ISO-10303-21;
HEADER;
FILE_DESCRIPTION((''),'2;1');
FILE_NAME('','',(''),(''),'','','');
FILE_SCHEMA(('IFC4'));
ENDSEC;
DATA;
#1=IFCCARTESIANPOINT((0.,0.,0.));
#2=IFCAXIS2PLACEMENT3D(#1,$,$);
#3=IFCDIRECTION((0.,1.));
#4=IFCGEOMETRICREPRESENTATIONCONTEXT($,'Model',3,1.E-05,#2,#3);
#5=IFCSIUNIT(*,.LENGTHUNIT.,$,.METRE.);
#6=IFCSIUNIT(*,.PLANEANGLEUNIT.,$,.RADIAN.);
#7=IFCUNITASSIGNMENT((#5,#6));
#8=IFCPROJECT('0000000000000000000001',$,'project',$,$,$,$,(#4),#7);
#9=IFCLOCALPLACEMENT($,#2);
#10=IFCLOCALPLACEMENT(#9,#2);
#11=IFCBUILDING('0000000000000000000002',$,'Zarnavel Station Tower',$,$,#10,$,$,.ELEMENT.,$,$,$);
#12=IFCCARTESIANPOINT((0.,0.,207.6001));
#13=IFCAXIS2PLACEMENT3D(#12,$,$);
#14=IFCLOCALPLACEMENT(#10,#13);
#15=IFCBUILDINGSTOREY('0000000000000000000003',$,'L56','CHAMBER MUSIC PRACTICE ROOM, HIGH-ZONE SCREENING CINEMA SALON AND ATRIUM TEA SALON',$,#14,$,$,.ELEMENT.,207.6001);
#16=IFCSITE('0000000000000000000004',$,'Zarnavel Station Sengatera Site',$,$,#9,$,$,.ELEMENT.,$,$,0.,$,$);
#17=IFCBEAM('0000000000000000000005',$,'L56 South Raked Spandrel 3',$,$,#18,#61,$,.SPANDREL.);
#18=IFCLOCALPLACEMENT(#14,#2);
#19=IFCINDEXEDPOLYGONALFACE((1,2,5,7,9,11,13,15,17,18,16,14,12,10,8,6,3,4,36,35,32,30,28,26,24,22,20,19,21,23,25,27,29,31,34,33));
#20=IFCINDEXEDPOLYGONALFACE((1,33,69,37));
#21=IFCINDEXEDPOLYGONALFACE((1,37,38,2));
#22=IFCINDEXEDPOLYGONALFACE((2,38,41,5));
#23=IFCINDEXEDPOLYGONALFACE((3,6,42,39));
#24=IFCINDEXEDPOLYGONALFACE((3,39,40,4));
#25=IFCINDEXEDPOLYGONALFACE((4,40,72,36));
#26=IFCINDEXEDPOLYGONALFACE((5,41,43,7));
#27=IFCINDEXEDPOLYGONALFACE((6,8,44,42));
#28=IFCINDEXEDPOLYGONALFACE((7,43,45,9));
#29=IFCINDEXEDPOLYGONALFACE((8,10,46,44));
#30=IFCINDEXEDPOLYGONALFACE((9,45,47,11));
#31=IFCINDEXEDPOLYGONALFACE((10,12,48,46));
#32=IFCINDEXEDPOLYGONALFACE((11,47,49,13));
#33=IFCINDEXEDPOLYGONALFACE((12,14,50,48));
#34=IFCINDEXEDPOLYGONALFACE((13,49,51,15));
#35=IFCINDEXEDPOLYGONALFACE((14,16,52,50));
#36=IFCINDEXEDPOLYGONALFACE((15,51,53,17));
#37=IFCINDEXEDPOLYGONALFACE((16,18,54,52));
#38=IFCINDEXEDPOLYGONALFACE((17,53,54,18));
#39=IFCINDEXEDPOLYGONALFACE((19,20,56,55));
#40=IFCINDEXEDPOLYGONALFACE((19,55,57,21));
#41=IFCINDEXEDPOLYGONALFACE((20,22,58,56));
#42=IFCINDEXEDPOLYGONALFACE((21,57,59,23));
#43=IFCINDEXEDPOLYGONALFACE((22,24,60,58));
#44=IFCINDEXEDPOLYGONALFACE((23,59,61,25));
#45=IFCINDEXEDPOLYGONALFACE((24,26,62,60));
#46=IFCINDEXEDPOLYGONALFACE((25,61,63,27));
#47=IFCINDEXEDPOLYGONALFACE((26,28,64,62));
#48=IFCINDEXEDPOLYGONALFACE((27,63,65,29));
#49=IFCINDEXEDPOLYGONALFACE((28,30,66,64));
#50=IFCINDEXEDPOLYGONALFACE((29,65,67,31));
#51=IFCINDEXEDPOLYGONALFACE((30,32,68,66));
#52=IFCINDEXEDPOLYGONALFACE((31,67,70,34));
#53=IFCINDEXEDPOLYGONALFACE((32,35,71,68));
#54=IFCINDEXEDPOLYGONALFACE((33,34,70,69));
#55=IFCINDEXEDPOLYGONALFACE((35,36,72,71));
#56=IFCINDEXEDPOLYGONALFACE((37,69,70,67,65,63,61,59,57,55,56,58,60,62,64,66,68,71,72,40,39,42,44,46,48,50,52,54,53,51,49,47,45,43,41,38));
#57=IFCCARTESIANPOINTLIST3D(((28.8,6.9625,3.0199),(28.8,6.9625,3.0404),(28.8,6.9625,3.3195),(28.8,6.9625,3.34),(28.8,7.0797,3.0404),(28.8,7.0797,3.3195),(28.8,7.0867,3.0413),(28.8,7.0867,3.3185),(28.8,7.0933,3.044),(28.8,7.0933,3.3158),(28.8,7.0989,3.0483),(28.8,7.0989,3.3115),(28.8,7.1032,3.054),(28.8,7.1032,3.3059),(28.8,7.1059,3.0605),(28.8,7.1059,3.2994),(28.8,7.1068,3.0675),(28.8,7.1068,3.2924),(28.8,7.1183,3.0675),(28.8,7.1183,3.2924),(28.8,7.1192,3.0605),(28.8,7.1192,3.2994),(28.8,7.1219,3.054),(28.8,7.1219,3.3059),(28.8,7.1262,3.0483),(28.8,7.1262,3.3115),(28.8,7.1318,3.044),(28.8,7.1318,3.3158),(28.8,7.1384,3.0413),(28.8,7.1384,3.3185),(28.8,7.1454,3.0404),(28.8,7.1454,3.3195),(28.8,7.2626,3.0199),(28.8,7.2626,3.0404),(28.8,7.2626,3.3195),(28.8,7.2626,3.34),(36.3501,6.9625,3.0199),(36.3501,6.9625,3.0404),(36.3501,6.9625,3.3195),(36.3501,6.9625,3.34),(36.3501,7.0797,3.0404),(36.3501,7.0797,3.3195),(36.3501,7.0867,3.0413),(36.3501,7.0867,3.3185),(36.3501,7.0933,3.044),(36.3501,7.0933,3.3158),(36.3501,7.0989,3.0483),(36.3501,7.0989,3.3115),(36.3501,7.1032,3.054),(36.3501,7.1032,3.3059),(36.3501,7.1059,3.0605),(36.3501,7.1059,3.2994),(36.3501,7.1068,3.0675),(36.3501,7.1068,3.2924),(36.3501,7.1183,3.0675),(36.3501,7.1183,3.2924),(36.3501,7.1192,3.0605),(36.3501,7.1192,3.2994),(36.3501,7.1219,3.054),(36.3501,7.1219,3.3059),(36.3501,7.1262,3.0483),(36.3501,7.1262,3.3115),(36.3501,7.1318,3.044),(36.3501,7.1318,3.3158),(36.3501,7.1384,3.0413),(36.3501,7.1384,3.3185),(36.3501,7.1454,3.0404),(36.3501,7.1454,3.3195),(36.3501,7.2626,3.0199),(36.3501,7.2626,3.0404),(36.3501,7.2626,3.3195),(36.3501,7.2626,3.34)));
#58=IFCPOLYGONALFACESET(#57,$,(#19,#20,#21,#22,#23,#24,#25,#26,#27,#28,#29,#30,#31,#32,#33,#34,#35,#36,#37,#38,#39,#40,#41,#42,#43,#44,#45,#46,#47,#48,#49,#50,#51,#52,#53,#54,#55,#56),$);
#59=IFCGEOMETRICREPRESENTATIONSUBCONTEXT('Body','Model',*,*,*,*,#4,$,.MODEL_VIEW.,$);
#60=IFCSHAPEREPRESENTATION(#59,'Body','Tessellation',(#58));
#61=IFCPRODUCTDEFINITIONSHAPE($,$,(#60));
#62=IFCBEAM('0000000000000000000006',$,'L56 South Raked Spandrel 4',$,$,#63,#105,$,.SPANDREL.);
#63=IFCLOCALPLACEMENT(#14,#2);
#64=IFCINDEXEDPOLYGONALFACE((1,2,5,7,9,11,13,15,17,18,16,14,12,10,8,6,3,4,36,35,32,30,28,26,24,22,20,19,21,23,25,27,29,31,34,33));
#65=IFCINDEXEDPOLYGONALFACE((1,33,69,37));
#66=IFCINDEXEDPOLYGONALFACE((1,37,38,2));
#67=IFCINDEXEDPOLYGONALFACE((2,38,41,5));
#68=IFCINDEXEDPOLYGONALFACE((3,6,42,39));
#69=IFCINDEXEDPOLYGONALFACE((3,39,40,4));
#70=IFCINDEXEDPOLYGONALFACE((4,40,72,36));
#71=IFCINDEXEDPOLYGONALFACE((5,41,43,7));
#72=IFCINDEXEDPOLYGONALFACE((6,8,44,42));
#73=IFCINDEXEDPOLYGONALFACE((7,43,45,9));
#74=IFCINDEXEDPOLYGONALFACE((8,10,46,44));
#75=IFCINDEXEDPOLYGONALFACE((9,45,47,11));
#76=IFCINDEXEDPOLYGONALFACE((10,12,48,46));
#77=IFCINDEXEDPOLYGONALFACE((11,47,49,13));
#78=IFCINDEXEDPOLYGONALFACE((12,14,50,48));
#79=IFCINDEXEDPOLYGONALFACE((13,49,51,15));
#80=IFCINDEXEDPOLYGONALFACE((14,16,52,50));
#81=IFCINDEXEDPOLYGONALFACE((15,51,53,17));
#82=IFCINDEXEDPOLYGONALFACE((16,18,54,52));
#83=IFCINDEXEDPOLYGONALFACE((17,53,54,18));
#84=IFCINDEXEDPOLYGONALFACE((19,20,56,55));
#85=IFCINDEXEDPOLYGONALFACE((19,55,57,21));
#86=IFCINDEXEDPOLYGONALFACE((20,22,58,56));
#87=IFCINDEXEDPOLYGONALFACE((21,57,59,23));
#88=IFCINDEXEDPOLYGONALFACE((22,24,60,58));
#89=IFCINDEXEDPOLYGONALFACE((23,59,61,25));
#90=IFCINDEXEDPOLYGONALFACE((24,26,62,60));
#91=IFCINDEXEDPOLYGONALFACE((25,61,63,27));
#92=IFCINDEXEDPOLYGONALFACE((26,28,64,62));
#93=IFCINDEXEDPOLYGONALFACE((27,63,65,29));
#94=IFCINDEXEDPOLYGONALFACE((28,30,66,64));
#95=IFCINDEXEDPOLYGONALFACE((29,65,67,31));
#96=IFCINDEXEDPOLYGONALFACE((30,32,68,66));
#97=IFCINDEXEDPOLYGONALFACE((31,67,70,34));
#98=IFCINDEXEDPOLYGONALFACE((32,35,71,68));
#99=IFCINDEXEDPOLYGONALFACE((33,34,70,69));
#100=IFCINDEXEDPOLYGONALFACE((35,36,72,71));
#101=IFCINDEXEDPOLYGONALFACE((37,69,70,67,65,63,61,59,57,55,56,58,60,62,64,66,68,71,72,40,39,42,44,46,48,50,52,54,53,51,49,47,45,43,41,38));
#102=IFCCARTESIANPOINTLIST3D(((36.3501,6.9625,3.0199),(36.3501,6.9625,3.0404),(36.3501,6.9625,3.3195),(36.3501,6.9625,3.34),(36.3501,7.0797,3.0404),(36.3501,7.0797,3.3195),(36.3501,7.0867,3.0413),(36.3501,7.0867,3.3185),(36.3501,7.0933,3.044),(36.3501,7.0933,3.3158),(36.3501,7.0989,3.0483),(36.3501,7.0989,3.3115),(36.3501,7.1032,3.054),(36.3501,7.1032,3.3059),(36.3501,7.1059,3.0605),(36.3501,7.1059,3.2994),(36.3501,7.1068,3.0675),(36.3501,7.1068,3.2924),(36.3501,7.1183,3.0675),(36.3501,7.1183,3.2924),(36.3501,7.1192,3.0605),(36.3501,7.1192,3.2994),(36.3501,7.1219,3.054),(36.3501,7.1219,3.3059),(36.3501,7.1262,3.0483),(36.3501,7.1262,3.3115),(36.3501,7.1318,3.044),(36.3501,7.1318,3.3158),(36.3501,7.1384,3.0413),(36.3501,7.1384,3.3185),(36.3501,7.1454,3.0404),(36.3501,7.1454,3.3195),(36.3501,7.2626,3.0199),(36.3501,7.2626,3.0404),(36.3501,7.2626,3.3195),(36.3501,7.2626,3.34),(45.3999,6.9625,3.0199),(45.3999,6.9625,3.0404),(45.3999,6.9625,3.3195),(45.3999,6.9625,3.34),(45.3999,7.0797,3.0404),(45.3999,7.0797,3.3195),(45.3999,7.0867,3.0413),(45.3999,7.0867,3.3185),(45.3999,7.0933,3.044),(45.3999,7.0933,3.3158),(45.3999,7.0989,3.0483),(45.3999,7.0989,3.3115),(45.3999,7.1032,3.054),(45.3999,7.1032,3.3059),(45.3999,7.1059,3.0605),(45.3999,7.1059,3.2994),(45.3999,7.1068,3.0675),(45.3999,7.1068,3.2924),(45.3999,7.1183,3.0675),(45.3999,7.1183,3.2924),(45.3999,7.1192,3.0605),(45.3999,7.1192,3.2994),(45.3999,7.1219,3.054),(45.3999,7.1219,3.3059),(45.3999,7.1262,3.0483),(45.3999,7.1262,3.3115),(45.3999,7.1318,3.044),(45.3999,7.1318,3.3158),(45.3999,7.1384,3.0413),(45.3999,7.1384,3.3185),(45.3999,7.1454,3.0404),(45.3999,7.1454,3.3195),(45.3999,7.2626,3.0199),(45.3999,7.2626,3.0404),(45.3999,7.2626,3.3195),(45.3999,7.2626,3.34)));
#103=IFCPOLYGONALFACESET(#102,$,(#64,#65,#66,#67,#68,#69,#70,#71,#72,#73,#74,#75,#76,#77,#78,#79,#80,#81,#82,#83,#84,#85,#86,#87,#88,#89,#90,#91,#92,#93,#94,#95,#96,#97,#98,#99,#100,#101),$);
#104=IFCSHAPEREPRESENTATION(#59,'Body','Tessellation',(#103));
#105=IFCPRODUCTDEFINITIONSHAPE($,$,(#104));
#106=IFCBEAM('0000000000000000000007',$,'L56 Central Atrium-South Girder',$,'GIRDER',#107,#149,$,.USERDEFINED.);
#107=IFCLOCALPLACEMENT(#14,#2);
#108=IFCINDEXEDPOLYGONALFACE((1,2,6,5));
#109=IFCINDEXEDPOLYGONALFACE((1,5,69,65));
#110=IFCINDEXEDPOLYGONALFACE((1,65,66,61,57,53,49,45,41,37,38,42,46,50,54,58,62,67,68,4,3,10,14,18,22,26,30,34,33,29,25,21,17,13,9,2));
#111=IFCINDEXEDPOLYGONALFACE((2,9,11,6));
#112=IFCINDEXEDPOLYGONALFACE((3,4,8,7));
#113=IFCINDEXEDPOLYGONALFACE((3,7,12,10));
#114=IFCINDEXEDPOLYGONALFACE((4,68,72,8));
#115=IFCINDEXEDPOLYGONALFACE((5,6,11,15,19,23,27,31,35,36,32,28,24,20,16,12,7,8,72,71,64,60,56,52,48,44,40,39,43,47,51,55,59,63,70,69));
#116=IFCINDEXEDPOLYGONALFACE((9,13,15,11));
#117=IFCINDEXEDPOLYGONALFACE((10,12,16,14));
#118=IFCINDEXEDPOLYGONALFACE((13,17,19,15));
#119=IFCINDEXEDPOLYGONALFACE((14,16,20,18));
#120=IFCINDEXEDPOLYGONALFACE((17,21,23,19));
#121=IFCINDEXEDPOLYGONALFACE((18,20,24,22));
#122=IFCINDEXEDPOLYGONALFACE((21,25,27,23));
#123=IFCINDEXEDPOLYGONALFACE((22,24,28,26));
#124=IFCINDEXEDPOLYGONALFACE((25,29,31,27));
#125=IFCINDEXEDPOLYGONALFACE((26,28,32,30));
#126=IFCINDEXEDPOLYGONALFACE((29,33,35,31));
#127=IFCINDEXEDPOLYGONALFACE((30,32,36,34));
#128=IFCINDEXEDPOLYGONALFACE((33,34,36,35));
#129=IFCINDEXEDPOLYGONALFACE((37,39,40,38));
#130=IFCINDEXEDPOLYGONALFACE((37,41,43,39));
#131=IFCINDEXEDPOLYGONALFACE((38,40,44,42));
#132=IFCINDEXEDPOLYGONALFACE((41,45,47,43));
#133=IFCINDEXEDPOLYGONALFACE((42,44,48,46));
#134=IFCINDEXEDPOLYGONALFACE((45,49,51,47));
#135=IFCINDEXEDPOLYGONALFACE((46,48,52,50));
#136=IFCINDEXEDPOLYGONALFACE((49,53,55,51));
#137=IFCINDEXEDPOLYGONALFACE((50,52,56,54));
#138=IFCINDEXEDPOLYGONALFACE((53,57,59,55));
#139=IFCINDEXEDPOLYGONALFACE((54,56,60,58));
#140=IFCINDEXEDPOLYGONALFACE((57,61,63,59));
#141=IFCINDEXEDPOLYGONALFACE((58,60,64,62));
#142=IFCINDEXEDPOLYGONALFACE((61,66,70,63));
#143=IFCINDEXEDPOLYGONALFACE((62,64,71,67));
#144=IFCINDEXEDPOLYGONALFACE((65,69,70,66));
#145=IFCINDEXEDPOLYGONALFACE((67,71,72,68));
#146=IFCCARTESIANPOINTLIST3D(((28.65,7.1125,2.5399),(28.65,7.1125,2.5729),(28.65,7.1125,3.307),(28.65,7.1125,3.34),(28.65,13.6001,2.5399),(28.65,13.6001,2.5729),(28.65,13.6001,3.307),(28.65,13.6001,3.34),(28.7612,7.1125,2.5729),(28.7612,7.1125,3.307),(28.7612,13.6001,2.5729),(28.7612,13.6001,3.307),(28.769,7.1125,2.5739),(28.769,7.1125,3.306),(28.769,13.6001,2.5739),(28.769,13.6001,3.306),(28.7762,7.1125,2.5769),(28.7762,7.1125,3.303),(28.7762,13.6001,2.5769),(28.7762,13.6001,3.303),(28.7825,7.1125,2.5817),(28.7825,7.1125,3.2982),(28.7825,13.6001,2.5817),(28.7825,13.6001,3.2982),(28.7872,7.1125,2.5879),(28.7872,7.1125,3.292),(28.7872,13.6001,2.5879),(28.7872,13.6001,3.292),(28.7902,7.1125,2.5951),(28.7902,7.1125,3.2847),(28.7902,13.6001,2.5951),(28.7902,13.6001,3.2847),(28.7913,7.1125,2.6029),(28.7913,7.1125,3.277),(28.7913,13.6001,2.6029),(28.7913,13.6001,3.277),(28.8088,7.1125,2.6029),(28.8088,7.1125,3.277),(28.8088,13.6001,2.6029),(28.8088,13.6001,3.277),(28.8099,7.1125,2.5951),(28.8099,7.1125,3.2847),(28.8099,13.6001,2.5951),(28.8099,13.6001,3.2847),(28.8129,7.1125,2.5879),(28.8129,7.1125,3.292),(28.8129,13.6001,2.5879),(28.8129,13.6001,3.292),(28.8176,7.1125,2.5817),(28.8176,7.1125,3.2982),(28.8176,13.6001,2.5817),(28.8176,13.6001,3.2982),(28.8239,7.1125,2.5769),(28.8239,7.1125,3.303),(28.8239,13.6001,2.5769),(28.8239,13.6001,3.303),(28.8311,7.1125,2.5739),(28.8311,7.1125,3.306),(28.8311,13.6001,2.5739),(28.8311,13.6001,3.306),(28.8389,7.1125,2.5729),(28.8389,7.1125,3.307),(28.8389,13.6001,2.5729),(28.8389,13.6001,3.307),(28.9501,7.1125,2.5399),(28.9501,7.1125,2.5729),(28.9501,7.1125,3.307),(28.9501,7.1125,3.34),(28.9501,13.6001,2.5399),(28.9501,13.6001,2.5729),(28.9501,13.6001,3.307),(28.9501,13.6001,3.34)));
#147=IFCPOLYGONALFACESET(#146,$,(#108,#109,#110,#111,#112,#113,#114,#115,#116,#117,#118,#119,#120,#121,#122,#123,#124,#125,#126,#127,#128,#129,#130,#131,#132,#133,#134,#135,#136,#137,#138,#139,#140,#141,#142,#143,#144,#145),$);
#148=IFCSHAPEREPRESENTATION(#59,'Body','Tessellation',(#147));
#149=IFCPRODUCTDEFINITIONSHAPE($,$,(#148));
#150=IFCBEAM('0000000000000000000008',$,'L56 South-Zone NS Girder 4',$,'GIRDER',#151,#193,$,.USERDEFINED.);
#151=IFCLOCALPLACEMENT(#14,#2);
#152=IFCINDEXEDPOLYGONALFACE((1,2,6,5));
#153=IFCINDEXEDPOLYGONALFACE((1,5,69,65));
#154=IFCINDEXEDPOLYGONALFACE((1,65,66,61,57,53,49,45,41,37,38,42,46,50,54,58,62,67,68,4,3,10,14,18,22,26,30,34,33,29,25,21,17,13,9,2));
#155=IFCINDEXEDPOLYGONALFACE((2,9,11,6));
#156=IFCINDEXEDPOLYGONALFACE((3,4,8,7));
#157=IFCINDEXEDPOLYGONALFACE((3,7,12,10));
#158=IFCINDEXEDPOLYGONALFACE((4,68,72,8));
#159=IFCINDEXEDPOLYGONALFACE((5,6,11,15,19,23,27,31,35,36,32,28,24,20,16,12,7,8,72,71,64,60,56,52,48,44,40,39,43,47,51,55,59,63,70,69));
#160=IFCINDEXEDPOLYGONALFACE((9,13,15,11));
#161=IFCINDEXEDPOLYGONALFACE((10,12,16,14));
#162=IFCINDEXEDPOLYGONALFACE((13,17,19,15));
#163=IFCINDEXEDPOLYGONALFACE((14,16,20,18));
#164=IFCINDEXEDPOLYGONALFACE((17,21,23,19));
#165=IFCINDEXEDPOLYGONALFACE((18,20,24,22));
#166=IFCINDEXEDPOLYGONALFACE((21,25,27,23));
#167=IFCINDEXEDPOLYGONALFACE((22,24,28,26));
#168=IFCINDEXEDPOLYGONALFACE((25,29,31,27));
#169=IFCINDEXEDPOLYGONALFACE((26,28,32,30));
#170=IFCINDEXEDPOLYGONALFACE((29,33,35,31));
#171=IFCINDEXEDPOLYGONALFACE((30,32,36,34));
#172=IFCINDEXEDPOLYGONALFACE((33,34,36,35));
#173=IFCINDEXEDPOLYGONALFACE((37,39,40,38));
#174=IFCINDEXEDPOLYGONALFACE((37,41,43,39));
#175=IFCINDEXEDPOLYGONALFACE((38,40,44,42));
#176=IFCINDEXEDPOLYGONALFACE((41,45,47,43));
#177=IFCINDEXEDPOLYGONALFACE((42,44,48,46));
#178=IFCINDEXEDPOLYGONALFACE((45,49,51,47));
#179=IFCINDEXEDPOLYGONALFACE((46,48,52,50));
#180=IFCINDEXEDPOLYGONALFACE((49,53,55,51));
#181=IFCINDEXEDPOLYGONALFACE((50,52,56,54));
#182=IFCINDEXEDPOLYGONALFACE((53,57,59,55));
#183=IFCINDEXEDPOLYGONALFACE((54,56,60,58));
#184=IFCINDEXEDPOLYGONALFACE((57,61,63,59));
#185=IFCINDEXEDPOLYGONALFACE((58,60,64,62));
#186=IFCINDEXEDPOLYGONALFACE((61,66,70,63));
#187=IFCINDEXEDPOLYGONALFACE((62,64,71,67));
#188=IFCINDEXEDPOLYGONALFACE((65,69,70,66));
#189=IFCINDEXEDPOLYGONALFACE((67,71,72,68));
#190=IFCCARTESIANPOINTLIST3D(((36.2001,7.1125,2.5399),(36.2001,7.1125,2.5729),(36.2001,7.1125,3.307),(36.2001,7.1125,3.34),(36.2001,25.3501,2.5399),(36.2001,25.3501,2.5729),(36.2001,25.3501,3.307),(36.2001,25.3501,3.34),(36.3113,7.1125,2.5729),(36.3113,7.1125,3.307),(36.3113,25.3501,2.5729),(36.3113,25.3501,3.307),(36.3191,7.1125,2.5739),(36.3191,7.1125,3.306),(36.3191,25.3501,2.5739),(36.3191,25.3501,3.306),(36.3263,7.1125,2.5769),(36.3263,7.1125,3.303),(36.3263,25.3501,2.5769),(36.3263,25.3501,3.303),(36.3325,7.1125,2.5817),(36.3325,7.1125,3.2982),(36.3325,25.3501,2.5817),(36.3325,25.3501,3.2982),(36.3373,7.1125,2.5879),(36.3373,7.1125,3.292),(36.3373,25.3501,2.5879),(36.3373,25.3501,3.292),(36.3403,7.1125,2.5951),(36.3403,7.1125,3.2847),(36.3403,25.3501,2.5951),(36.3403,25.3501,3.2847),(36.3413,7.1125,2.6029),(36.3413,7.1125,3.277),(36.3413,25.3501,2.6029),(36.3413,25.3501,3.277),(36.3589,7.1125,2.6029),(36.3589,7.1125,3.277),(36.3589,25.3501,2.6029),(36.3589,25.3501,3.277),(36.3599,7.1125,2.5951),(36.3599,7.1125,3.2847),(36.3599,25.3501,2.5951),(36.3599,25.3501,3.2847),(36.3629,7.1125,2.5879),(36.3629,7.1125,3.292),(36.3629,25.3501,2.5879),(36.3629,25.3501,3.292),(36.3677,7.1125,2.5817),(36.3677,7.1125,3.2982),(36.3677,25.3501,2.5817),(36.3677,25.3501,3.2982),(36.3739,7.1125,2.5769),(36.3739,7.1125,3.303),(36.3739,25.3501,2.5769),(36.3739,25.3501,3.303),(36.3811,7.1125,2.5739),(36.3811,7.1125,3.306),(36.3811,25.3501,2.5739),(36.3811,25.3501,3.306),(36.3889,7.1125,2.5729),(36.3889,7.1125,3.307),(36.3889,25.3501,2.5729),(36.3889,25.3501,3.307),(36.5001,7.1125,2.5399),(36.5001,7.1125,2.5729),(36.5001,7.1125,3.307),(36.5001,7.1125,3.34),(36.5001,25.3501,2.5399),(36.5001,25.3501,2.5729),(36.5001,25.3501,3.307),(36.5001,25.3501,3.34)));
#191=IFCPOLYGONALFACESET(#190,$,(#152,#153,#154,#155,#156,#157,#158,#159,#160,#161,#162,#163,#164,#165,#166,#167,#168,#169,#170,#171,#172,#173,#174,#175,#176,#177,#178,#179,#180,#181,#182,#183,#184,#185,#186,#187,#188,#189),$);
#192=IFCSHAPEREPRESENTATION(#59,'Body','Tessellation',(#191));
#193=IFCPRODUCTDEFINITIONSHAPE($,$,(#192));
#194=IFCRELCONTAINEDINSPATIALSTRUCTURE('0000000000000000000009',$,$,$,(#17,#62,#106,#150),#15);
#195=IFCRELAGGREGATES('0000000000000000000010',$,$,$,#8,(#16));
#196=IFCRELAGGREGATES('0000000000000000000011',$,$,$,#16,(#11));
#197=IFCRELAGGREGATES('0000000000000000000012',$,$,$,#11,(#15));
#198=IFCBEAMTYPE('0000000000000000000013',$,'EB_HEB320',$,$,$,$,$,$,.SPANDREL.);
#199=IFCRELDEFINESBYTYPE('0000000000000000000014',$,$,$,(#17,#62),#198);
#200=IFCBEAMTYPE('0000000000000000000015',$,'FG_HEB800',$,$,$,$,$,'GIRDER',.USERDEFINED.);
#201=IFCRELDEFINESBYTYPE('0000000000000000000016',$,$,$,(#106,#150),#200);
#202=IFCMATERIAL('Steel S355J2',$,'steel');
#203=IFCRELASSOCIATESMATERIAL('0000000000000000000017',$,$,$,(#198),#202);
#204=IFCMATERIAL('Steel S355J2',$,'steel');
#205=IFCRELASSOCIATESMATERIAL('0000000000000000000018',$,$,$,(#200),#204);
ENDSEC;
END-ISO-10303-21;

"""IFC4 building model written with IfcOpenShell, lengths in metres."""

from ifc_helpers import new_model, si_unit, direction, frame, origin, origin_2d, place, context, subcontext, project, spatial, i_section, extrude, material, material_profile, profile_set, type_object, element, save


model = new_model("IFC4")

# Units and contexts
model_context = context("Model", 3, precision=1e-05, world=origin(), true_north=direction((0.0, 1.0)))
body_context = subcontext(model_context, "Body", "Model", "MODEL_VIEW")
ifc_project = project(units=[si_unit("LENGTHUNIT", "METRE"), si_unit("PLANEANGLEUNIT", "RADIAN")], contexts=[model_context])

# Site, building, storey
site_placement = place(None, origin())
site = spatial("IfcSite", under=ifc_project, at=site_placement, Name="Zarnavel Station Sengatera Site", CompositionType="ELEMENT", RefElevation=0.0)
building_placement = place(site_placement, origin())
building = spatial("IfcBuilding", under=site, at=building_placement, Name="Zarnavel Station Tower", CompositionType="ELEMENT")
storey_placement = place(building_placement, frame((0.0, 0.0, 207.6001)))
storey = spatial("IfcBuildingStorey", under=building, at=storey_placement, Name="L56", Description="CHAMBER MUSIC PRACTICE ROOM, HIGH-ZONE SCREENING CINEMA SALON AND ATRIUM TEA SALON", CompositionType="ELEMENT", Elevation=207.6001)

# Beams
ifc_material_1 = material(Name="Steel S355J2", Category="steel")
ifc_material_profile_1 = material_profile(ifc_material_1, i_section(OverallWidth=0.3, OverallDepth=0.3201, WebThickness=0.0115, FlangeThickness=0.0205, FilletRadius=0.0271, at=origin_2d()), Name="HEB320")
ifc_profile_set_1 = profile_set([ifc_material_profile_1], Name="Steel S355J2")
beam_type_1 = type_object("IfcBeamType", Name="EB_HEB320", PredefinedType="SPANDREL", material=ifc_profile_set_1)
beam_1_placement = place(storey_placement, frame((28.8, 7.1125, 3.1799), z_axis=(1.0, 0.0, 0.0), x_axis=(0.0, 1.0, 0.0)))
element("IfcBeam", 1, at=beam_1_placement, inside=storey, type_object=beam_type_1, Name="L56 South Raked Spandrel 3", PredefinedType="SPANDREL", context=body_context, shape_type="SweptSolid", body=[
    extrude(i_section(OverallWidth=0.3, OverallDepth=0.3201, WebThickness=0.0115, FlangeThickness=0.0205, FilletRadius=0.0271, at=origin_2d()), origin(), (0.0, 0.0, 1.0), 7.55),
])
beam_2_placement = place(storey_placement, frame((36.3501, 7.1125, 3.1799), z_axis=(1.0, 0.0, 0.0), x_axis=(0.0, 1.0, 0.0)))
element("IfcBeam", 2, at=beam_2_placement, inside=storey, type_object=beam_type_1, Name="L56 South Raked Spandrel 4", PredefinedType="SPANDREL", context=body_context, shape_type="SweptSolid", body=[
    extrude(i_section(OverallWidth=0.3, OverallDepth=0.3201, WebThickness=0.0115, FlangeThickness=0.0205, FilletRadius=0.0271, at=origin_2d()), origin(), (0.0, 0.0, 1.0), 9.0498),
])
ifc_material_2 = material(Name="Steel S355J2", Category="steel")
ifc_material_profile_2 = material_profile(ifc_material_2, i_section(OverallWidth=0.3, OverallDepth=0.8, WebThickness=0.0176, FlangeThickness=0.033, FilletRadius=0.03, at=origin_2d()), Name="HEB800")
ifc_profile_set_2 = profile_set([ifc_material_profile_2], Name="Steel S355J2")
beam_type_2 = type_object("IfcBeamType", Name="FG_HEB800", ElementType="GIRDER", PredefinedType="USERDEFINED", material=ifc_profile_set_2)
beam_3_placement = place(storey_placement, frame((28.8, 7.1125, 2.9399), z_axis=(0.0, 1.0, 0.0), x_axis=(-1.0, 0.0, 0.0)))
element("IfcBeam", 3, at=beam_3_placement, inside=storey, type_object=beam_type_2, Name="L56 Central Atrium-South Girder", ObjectType="GIRDER", PredefinedType="USERDEFINED", context=body_context, shape_type="SweptSolid", body=[
    extrude(i_section(OverallWidth=0.3, OverallDepth=0.8, WebThickness=0.0176, FlangeThickness=0.033, FilletRadius=0.03, at=origin_2d()), origin(), (0.0, 0.0, 1.0), 6.4875),
])
beam_4_placement = place(storey_placement, frame((36.3501, 7.1125, 2.9399), z_axis=(0.0, 1.0, 0.0), x_axis=(-1.0, 0.0, 0.0)))
element("IfcBeam", 4, at=beam_4_placement, inside=storey, type_object=beam_type_2, Name="L56 South-Zone NS Girder 4", ObjectType="GIRDER", PredefinedType="USERDEFINED", context=body_context, shape_type="SweptSolid", body=[
    extrude(i_section(OverallWidth=0.3, OverallDepth=0.8, WebThickness=0.0176, FlangeThickness=0.033, FilletRadius=0.03, at=origin_2d()), origin(), (0.0, 0.0, 1.0), 18.2375),
])

save(model, "model.ifc")
